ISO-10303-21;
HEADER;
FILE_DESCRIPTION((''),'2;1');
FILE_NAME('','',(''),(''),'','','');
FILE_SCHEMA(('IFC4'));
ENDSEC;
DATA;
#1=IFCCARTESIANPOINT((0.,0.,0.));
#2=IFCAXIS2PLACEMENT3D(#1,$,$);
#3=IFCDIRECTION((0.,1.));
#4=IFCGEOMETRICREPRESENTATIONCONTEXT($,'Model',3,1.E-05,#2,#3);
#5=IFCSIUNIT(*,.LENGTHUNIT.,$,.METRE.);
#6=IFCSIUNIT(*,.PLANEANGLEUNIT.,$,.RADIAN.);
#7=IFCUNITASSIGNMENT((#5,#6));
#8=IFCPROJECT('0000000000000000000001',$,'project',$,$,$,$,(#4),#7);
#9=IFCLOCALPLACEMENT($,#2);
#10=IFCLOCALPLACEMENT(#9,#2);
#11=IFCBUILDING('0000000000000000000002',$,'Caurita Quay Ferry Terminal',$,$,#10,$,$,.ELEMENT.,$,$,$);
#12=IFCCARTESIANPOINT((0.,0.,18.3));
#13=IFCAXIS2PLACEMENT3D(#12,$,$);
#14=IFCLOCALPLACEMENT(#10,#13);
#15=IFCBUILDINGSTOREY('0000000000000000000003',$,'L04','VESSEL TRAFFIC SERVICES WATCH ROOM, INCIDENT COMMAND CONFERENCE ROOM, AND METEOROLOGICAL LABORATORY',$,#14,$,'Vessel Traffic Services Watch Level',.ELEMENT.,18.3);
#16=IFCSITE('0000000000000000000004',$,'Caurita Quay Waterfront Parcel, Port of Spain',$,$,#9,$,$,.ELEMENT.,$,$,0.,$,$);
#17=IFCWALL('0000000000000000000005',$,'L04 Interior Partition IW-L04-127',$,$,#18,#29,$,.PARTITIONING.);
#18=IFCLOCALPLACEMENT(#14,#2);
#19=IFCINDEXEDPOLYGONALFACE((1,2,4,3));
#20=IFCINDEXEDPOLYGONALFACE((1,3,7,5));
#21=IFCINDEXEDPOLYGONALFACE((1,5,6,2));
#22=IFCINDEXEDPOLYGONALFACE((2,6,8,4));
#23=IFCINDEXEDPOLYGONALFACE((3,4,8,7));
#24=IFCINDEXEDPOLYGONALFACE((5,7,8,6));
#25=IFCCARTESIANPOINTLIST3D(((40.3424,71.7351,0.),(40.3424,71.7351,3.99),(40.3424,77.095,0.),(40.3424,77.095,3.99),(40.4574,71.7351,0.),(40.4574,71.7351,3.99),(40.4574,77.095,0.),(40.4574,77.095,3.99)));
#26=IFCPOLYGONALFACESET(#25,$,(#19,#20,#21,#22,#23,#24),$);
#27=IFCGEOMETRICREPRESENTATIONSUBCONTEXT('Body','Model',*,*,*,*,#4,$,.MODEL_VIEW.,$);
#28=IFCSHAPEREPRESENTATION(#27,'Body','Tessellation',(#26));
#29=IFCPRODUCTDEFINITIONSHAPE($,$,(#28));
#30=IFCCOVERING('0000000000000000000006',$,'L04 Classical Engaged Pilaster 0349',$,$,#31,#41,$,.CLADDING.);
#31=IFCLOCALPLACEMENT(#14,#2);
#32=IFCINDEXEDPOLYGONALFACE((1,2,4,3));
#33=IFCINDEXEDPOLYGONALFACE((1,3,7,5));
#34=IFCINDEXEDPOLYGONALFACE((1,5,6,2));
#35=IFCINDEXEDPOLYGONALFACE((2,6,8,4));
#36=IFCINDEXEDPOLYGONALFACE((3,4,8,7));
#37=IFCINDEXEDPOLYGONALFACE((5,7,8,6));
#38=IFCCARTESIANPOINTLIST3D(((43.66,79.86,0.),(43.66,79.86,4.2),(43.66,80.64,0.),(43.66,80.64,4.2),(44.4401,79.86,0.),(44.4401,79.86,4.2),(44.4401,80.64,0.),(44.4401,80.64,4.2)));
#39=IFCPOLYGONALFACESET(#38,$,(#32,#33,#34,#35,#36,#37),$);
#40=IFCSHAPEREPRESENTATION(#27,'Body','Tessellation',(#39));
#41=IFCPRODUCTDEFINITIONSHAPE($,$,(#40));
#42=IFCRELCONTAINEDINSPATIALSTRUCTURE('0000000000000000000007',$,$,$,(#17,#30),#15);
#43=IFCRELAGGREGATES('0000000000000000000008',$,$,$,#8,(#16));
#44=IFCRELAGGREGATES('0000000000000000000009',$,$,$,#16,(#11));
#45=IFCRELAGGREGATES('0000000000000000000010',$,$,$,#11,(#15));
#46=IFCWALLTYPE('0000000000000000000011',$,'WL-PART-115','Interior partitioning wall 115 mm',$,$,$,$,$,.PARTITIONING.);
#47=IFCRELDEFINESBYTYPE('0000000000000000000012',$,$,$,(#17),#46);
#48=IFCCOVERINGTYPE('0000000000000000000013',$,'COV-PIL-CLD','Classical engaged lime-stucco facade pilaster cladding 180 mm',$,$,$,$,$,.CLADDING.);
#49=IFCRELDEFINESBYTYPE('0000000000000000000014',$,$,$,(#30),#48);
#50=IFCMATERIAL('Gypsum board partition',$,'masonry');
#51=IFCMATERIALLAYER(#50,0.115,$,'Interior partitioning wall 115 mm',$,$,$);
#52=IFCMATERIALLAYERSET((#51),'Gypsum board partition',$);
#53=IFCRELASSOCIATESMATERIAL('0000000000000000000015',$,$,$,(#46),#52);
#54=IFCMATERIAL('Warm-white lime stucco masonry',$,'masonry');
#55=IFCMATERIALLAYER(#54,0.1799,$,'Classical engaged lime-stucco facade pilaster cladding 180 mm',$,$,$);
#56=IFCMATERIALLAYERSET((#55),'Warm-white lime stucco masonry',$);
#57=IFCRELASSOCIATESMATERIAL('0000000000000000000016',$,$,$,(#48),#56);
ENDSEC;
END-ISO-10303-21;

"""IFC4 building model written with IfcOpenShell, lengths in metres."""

from ifc_helpers import new_model, si_unit, direction, frame, frame_2d, origin, origin_2d, place, context, subcontext, project, spatial, rectangle, extrude, material, layer, layer_set, type_object, element, save


model = new_model("IFC4")

# Units and contexts
model_context = context("Model", 3, precision=1e-05, world=origin(), true_north=direction((0.0, 1.0)))
body_context = subcontext(model_context, "Body", "Model", "MODEL_VIEW")
ifc_project = project(units=[si_unit("LENGTHUNIT", "METRE"), si_unit("PLANEANGLEUNIT", "RADIAN")], contexts=[model_context])

# Site, building, storey
site_placement = place(None, origin())
site = spatial("IfcSite", under=ifc_project, at=site_placement, Name="Caurita Quay Waterfront Parcel, Port of Spain", CompositionType="ELEMENT", RefElevation=0.0)
building_placement = place(site_placement, origin())
building = spatial("IfcBuilding", under=site, at=building_placement, Name="Caurita Quay Ferry Terminal", CompositionType="ELEMENT")
storey_placement = place(building_placement, frame((0.0, 0.0, 18.3)))
storey = spatial("IfcBuildingStorey", under=building, at=storey_placement, Name="L04", Description="VESSEL TRAFFIC SERVICES WATCH ROOM, INCIDENT COMMAND CONFERENCE ROOM, AND METEOROLOGICAL LABORATORY", LongName="Vessel Traffic Services Watch Level", CompositionType="ELEMENT", Elevation=18.3)

# Shared definitions
ifc_material_1 = material(Name="Warm-white lime stucco masonry", Category="masonry")

# Wall
ifc_material_2 = material(Name="Gypsum board partition", Category="masonry")
ifc_layer_1 = layer(ifc_material_2, 0.115, Name="Interior partitioning wall 115 mm")
ifc_layer_set_1 = layer_set([ifc_layer_1], Name="Gypsum board partition")
wall_type_1 = type_object("IfcWallType", Name="WL-PART-115", Description="Interior partitioning wall 115 mm", PredefinedType="PARTITIONING", material=ifc_layer_set_1)
wall_1_placement = place(storey_placement, frame((40.3999, 71.7351, 0.0), z_axis=(0.0, 0.0, 1.0), x_axis=(0.0, 1.0, 0.0)))
element("IfcWall", 1, at=wall_1_placement, inside=storey, type_object=wall_type_1, Name="L04 Interior Partition IW-L04-127", PredefinedType="PARTITIONING", context=body_context, shape_type="SweptSolid", body=[
    extrude(rectangle(XDim=5.3599, YDim=0.115, at=frame_2d((2.6799, 0.0))), origin(), (0.0, 0.0, 1.0), 3.99),
])

# Covering
ifc_layer_2 = layer(ifc_material_1, 0.1799, Name="Classical engaged lime-stucco facade pilaster cladding 180 mm")
ifc_layer_set_2 = layer_set([ifc_layer_2], Name="Warm-white lime stucco masonry")
covering_type = type_object("IfcCoveringType", Name="COV-PIL-CLD", Description="Classical engaged lime-stucco facade pilaster cladding 180 mm", PredefinedType="CLADDING", material=ifc_layer_set_2)
covering_placement = place(storey_placement, frame((44.05, 80.25, 0.0), z_axis=(0.0, 0.0, 1.0), x_axis=(1.0, 0.0, 0.0)))
element("IfcCovering", 2, at=covering_placement, inside=storey, type_object=covering_type, Name="L04 Classical Engaged Pilaster 0349", PredefinedType="CLADDING", context=body_context, shape_type="SweptSolid", body=[
    extrude(rectangle(XDim=0.78, YDim=0.78, at=origin_2d()), origin(), (0.0, 0.0, 1.0), 4.2),
])

save(model, "model.ifc")
